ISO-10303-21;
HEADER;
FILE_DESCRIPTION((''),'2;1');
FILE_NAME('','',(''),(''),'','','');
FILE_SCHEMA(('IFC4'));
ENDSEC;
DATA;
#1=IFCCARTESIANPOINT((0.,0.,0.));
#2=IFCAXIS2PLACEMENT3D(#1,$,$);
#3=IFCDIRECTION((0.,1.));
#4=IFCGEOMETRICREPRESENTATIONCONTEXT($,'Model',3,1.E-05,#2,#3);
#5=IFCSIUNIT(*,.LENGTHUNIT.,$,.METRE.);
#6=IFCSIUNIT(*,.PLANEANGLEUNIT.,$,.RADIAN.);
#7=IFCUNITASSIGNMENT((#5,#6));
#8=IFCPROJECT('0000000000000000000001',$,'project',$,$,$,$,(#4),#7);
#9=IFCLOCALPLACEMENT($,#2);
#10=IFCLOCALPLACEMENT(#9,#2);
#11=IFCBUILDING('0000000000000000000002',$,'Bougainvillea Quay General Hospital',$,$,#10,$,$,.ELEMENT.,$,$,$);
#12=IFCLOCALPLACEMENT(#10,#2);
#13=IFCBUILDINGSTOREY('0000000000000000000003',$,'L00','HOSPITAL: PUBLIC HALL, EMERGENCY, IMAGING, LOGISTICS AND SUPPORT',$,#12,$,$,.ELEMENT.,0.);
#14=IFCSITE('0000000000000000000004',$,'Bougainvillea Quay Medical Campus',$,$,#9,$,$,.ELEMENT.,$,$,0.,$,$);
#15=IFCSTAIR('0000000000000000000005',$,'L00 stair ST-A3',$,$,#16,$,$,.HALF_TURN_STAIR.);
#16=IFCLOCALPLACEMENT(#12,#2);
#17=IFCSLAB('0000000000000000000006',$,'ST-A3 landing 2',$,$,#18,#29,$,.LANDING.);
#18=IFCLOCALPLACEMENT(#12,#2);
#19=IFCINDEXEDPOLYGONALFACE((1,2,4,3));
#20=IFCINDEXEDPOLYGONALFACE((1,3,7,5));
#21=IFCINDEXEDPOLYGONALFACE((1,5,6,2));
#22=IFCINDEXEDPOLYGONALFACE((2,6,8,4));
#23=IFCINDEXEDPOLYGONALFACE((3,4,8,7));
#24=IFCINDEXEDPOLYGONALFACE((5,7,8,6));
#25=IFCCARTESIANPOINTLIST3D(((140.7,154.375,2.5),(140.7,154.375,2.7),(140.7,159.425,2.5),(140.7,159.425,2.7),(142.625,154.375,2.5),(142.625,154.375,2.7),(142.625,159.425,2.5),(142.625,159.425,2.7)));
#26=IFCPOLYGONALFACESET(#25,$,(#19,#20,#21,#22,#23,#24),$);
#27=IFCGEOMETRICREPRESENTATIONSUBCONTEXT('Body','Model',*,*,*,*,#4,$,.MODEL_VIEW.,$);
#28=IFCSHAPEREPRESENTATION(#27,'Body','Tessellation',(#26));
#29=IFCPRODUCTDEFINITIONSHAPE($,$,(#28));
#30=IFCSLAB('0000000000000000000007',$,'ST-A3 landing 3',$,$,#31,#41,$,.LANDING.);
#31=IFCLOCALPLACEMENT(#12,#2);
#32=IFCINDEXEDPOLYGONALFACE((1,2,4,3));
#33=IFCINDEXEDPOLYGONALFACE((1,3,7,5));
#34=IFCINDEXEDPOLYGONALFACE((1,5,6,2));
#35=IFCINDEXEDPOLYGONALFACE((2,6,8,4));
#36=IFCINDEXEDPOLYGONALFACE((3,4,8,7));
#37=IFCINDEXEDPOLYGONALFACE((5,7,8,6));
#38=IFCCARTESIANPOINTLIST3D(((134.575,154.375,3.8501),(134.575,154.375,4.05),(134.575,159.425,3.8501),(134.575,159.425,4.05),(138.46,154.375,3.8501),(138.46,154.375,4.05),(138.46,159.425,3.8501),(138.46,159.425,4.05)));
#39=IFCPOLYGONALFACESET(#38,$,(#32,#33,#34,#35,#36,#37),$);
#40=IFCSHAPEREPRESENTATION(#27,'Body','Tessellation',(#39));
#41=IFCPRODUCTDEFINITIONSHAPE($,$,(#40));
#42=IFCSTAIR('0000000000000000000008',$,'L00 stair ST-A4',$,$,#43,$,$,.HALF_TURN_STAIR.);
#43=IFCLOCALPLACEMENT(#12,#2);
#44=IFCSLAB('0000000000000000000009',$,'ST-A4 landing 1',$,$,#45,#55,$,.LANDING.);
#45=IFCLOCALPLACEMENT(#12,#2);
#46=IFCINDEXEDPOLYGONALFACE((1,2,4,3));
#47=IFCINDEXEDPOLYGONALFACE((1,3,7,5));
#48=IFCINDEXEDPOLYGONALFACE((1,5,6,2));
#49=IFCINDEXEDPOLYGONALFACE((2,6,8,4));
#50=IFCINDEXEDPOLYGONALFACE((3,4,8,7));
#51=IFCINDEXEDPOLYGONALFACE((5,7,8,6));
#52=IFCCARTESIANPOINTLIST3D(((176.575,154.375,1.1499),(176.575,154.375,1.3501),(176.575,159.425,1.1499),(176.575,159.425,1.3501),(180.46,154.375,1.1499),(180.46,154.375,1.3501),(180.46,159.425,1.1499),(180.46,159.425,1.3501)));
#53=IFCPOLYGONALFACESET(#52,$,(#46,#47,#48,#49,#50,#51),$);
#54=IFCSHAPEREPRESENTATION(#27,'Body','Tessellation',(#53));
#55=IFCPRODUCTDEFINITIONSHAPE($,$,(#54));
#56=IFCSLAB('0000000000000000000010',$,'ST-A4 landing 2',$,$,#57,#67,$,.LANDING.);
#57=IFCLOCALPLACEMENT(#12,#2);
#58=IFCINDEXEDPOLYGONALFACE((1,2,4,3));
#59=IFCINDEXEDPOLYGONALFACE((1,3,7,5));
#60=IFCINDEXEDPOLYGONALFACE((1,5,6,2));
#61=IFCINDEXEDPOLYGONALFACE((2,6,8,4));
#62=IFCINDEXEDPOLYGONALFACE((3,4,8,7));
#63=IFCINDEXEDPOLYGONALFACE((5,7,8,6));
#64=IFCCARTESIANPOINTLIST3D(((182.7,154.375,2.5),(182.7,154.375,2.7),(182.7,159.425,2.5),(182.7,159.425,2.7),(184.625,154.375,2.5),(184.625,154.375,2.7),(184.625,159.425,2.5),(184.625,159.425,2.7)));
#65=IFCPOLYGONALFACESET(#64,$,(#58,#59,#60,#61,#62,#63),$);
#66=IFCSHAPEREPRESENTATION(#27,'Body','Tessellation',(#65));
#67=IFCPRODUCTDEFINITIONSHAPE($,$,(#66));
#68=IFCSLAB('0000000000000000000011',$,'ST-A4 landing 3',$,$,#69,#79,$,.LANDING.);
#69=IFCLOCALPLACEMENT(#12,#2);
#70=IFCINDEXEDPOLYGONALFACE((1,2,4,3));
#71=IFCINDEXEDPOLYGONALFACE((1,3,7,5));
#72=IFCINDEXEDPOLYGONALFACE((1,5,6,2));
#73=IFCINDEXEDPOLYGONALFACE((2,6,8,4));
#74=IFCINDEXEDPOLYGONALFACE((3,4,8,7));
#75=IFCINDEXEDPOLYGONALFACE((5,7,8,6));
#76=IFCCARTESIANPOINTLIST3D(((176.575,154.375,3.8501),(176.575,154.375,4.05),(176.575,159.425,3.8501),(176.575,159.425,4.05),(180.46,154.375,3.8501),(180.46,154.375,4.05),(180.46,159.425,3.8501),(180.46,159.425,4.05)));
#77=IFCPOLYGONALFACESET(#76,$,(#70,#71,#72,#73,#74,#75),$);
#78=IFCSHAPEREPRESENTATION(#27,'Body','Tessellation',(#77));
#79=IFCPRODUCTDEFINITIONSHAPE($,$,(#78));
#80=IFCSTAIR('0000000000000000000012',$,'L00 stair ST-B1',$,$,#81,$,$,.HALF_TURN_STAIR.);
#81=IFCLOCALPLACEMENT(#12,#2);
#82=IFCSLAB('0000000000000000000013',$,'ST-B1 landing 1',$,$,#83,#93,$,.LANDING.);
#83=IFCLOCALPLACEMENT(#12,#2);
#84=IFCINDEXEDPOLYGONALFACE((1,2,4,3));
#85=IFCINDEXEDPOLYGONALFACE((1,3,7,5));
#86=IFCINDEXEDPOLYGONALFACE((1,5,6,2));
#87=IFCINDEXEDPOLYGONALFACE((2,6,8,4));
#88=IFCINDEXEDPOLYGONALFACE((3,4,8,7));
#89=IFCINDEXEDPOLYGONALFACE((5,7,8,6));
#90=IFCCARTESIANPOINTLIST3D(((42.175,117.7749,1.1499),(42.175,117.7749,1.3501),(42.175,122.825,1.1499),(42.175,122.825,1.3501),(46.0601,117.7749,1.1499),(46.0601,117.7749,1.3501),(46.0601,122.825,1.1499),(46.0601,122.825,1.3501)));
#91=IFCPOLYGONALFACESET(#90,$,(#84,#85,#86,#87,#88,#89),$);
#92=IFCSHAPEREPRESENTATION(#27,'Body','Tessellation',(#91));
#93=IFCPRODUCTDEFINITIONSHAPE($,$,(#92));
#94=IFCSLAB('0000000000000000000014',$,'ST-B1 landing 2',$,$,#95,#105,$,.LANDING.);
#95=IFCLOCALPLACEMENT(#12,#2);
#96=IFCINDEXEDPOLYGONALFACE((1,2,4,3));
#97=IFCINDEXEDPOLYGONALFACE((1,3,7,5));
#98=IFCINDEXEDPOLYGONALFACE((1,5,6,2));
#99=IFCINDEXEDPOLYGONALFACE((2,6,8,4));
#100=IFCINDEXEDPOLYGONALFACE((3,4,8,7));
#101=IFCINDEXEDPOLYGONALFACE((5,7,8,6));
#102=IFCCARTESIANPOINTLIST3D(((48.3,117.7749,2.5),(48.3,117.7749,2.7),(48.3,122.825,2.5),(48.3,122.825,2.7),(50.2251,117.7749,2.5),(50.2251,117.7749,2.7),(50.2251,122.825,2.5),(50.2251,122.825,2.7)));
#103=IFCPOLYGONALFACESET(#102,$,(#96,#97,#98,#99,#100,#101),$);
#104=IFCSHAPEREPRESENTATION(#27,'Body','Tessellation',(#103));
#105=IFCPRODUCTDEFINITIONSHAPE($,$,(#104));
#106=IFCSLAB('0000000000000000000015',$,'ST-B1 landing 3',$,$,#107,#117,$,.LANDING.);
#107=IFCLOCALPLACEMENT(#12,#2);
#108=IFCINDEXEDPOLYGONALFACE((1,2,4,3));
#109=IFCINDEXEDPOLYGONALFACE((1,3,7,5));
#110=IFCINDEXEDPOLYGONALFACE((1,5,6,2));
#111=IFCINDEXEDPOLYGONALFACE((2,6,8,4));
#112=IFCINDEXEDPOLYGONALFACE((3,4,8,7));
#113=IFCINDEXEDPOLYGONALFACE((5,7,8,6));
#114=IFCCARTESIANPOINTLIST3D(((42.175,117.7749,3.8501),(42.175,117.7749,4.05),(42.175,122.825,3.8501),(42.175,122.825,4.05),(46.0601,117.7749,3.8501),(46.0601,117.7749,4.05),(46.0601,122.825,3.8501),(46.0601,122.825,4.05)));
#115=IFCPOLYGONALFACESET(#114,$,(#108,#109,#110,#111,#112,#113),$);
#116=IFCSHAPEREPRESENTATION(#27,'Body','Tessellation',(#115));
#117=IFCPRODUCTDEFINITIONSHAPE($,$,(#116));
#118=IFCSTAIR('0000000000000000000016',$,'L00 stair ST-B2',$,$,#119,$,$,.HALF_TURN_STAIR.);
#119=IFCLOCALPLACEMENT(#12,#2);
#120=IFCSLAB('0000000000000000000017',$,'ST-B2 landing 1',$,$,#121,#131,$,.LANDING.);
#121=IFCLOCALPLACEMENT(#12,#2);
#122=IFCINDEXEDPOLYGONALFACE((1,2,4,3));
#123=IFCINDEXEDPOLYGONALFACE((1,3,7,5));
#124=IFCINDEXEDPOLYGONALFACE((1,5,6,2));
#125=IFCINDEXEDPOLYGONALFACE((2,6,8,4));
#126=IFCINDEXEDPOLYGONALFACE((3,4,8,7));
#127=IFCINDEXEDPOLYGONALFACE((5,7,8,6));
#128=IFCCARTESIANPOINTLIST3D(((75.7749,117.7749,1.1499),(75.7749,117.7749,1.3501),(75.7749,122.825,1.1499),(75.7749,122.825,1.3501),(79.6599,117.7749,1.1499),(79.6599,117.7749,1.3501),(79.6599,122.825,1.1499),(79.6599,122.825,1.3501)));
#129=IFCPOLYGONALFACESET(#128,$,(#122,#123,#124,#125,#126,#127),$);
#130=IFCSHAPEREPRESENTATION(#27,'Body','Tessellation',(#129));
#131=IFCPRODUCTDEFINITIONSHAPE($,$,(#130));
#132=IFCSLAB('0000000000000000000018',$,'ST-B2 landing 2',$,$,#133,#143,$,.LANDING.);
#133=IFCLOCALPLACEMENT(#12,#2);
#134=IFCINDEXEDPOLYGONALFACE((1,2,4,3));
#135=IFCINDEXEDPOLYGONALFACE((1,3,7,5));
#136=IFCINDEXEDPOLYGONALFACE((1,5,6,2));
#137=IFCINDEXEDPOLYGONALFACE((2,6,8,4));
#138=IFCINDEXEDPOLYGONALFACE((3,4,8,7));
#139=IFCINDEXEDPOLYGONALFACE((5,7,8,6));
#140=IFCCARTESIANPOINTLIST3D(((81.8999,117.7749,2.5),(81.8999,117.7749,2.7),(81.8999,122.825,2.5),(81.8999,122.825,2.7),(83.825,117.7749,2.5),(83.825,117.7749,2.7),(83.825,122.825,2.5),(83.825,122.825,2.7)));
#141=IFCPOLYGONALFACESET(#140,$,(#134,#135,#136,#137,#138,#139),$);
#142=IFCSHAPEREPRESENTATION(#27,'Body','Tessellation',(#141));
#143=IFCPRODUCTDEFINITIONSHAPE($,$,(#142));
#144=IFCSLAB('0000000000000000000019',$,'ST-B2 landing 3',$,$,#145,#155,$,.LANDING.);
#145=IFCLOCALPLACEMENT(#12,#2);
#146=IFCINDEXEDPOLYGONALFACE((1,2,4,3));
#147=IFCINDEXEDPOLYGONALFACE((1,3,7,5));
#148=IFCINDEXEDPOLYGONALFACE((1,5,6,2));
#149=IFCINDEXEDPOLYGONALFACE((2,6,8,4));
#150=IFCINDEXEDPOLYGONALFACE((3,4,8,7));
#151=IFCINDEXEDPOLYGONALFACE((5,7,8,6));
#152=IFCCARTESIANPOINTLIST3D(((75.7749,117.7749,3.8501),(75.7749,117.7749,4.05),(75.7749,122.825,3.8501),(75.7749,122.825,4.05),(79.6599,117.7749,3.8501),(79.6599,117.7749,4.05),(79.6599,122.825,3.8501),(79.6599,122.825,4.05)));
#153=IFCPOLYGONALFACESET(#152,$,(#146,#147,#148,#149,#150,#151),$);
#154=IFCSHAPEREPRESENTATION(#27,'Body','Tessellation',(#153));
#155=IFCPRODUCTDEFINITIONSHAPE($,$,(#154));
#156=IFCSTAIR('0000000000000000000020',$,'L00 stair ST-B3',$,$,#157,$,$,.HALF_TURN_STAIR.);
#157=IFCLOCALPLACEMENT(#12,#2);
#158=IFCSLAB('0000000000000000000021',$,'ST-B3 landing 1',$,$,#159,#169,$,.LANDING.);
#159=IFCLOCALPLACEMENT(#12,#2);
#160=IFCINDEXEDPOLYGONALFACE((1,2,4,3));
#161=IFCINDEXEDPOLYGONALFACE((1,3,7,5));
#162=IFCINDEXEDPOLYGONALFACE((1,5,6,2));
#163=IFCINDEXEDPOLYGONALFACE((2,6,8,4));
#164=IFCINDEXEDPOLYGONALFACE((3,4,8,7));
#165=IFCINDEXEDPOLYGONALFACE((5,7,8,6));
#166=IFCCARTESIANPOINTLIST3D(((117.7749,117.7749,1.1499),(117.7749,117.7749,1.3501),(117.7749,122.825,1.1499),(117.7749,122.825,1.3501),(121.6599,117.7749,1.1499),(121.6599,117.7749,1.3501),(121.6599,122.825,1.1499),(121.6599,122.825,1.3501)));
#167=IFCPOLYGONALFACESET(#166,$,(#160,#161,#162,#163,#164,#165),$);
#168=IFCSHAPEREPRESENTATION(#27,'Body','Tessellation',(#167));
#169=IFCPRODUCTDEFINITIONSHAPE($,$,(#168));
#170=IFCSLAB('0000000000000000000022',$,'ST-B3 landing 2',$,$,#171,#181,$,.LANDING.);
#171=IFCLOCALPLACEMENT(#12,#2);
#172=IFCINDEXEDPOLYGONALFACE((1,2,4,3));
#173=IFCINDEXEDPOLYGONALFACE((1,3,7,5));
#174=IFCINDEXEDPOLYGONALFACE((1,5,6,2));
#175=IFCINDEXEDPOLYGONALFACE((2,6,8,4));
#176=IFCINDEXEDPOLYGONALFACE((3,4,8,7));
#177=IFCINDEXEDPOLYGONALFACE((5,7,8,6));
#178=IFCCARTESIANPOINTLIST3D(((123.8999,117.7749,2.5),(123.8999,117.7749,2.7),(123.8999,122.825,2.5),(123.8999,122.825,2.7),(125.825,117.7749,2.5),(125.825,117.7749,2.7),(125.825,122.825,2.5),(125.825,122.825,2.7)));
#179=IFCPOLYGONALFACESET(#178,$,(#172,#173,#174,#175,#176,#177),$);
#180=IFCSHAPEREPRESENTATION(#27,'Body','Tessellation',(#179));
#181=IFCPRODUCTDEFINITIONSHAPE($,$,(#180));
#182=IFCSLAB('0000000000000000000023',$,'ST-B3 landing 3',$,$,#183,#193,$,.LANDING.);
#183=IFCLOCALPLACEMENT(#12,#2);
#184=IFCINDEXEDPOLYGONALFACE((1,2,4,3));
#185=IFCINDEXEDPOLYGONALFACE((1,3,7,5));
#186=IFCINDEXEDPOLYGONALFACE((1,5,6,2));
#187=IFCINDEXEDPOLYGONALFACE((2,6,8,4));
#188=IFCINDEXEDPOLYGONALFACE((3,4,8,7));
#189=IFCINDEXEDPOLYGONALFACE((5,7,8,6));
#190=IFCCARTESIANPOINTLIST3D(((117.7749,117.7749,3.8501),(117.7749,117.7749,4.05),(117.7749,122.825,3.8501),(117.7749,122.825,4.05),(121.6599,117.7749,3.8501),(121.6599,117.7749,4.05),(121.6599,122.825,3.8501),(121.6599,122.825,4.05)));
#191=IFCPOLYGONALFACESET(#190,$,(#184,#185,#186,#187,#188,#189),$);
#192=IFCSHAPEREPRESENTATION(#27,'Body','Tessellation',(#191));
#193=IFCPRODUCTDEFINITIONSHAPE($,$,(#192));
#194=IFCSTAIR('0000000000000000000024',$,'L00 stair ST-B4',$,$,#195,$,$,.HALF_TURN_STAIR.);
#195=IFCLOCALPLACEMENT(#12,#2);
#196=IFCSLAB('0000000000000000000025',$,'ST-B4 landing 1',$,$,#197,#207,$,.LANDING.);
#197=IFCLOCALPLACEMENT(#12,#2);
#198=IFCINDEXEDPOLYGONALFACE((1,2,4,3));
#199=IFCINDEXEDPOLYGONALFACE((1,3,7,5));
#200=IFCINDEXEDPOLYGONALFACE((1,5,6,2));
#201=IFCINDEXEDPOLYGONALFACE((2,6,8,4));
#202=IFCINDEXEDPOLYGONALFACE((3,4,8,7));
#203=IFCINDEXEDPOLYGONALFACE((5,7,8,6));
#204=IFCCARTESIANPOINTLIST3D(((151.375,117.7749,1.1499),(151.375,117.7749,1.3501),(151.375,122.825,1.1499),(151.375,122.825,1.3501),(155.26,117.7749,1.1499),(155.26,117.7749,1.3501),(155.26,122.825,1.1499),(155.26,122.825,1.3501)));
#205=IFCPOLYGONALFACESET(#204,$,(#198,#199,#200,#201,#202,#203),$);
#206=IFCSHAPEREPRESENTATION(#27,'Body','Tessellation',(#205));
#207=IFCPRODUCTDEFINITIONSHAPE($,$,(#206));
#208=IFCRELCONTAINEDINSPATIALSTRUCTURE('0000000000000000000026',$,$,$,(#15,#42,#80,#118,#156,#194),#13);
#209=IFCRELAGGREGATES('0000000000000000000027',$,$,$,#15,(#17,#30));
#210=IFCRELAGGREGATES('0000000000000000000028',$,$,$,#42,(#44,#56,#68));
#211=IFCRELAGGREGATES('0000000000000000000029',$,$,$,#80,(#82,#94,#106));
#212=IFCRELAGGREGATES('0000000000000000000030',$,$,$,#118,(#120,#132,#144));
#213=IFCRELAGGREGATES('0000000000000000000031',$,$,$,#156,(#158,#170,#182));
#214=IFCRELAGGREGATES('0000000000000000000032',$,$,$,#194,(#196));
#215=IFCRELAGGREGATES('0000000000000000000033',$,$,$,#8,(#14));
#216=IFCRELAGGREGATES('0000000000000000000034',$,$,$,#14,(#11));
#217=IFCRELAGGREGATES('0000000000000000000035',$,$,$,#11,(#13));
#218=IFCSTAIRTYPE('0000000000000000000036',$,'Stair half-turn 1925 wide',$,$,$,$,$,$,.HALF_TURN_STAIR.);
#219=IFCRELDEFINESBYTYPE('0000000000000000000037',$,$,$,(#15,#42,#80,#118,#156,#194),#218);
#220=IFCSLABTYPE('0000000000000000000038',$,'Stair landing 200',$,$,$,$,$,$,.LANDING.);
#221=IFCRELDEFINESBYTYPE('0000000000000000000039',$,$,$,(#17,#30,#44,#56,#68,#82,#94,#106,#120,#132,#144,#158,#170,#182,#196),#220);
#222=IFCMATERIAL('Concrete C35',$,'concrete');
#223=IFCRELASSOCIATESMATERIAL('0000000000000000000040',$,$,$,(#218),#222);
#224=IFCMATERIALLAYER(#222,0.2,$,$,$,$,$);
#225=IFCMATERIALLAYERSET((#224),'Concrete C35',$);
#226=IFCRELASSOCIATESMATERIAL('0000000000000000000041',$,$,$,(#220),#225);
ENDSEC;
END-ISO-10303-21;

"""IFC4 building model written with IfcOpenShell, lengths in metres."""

from ifc_helpers import new_model, si_unit, direction, frame, origin, place, context, subcontext, project, spatial, polyline, outline, extrude, material, layer, layer_set, type_object, element, aggregate, save


model = new_model("IFC4")

# Units and contexts
model_context = context("Model", 3, precision=1e-05, world=origin(), true_north=direction((0.0, 1.0)))
body_context = subcontext(model_context, "Body", "Model", "MODEL_VIEW")
ifc_project = project(units=[si_unit("LENGTHUNIT", "METRE"), si_unit("PLANEANGLEUNIT", "RADIAN")], contexts=[model_context])

# Site, building, storey
site_placement = place(None, origin())
site = spatial("IfcSite", under=ifc_project, at=site_placement, Name="Bougainvillea Quay Medical Campus", CompositionType="ELEMENT", RefElevation=0.0)
building_placement = place(site_placement, origin())
building = spatial("IfcBuilding", under=site, at=building_placement, Name="Bougainvillea Quay General Hospital", CompositionType="ELEMENT")
storey_placement = place(building_placement, origin())
storey = spatial("IfcBuildingStorey", under=building, at=storey_placement, Name="L00", Description="HOSPITAL: PUBLIC HALL, EMERGENCY, IMAGING, LOGISTICS AND SUPPORT", CompositionType="ELEMENT", Elevation=0.0)

# Stairs, slabs
ifc_material = material(Name="Concrete C35", Category="concrete")
stair_type_1 = type_object("IfcStairType", Name="Stair half-turn 1925 wide", PredefinedType="HALF_TURN_STAIR", material=ifc_material)
stair_1_placement = place(storey_placement, origin())
stair_1 = element("IfcStair", 1, at=stair_1_placement, inside=storey, type_object=stair_type_1, Name="L00 stair ST-A3", PredefinedType="HALF_TURN_STAIR")
ifc_layer = layer(ifc_material, 0.2)
ifc_layer_set = layer_set([ifc_layer], Name="Concrete C35")
slab_type = type_object("IfcSlabType", Name="Stair landing 200", PredefinedType="LANDING", material=ifc_layer_set)
slab_1_placement = place(storey_placement, frame((0.0, 0.0, 2.5)))
slab_1 = element("IfcSlab", 2, at=slab_1_placement, type_object=slab_type, Name="ST-A3 landing 2", PredefinedType="LANDING", context=body_context, shape_type="SweptSolid", body=[
    extrude(outline(polyline([(142.625, 159.425), (140.7, 159.425), (140.7, 154.375), (142.625, 154.375), (142.625, 159.425)])), origin(), (0.0, 0.0, 1.0), 0.2),
])
slab_2_placement = place(storey_placement, frame((0.0, 0.0, 3.8501)))
slab_2 = element("IfcSlab", 3, at=slab_2_placement, type_object=slab_type, Name="ST-A3 landing 3", PredefinedType="LANDING", context=body_context, shape_type="SweptSolid", body=[
    extrude(outline(polyline([(138.46, 159.425), (134.575, 159.425), (134.575, 154.375), (138.46, 154.375), (138.46, 159.425)])), origin(), (0.0, 0.0, 1.0), 0.2),
])
aggregate(stair_1, [slab_1, slab_2])
stair_2_placement = place(storey_placement, origin())
stair_2 = element("IfcStair", 4, at=stair_2_placement, inside=storey, type_object=stair_type_1, Name="L00 stair ST-A4", PredefinedType="HALF_TURN_STAIR")
slab_3_placement = place(storey_placement, frame((0.0, 0.0, 1.1499)))
slab_3 = element("IfcSlab", 5, at=slab_3_placement, type_object=slab_type, Name="ST-A4 landing 1", PredefinedType="LANDING", context=body_context, shape_type="SweptSolid", body=[
    extrude(outline(polyline([(180.46, 159.425), (176.575, 159.425), (176.575, 154.375), (180.46, 154.375), (180.46, 159.425)])), origin(), (0.0, 0.0, 1.0), 0.2002),
])
slab_4_placement = place(storey_placement, frame((0.0, 0.0, 2.5)))
slab_4 = element("IfcSlab", 6, at=slab_4_placement, type_object=slab_type, Name="ST-A4 landing 2", PredefinedType="LANDING", context=body_context, shape_type="SweptSolid", body=[
    extrude(outline(polyline([(184.625, 159.425), (182.7, 159.425), (182.7, 154.375), (184.625, 154.375), (184.625, 159.425)])), origin(), (0.0, 0.0, 1.0), 0.2),
])
slab_5_placement = place(storey_placement, frame((0.0, 0.0, 3.8501)))
slab_5 = element("IfcSlab", 7, at=slab_5_placement, type_object=slab_type, Name="ST-A4 landing 3", PredefinedType="LANDING", context=body_context, shape_type="SweptSolid", body=[
    extrude(outline(polyline([(180.46, 159.425), (176.575, 159.425), (176.575, 154.375), (180.46, 154.375), (180.46, 159.425)])), origin(), (0.0, 0.0, 1.0), 0.2),
])
aggregate(stair_2, [slab_3, slab_4, slab_5])
stair_3_placement = place(storey_placement, origin())
stair_3 = element("IfcStair", 8, at=stair_3_placement, inside=storey, type_object=stair_type_1, Name="L00 stair ST-B1", PredefinedType="HALF_TURN_STAIR")
slab_6_placement = place(storey_placement, frame((0.0, 0.0, 1.1499)))
slab_6 = element("IfcSlab", 9, at=slab_6_placement, type_object=slab_type, Name="ST-B1 landing 1", PredefinedType="LANDING", context=body_context, shape_type="SweptSolid", body=[
    extrude(outline(polyline([(46.0601, 122.825), (42.175, 122.825), (42.175, 117.7749), (46.0601, 117.7749), (46.0601, 122.825)])), origin(), (0.0, 0.0, 1.0), 0.2002),
])
slab_7_placement = place(storey_placement, frame((0.0, 0.0, 2.5)))
slab_7 = element("IfcSlab", 10, at=slab_7_placement, type_object=slab_type, Name="ST-B1 landing 2", PredefinedType="LANDING", context=body_context, shape_type="SweptSolid", body=[
    extrude(outline(polyline([(50.2251, 122.825), (48.3, 122.825), (48.3, 117.7749), (50.2251, 117.7749), (50.2251, 122.825)])), origin(), (0.0, 0.0, 1.0), 0.2),
])
slab_8_placement = place(storey_placement, frame((0.0, 0.0, 3.8501)))
slab_8 = element("IfcSlab", 11, at=slab_8_placement, type_object=slab_type, Name="ST-B1 landing 3", PredefinedType="LANDING", context=body_context, shape_type="SweptSolid", body=[
    extrude(outline(polyline([(46.0601, 122.825), (42.175, 122.825), (42.175, 117.7749), (46.0601, 117.7749), (46.0601, 122.825)])), origin(), (0.0, 0.0, 1.0), 0.2),
])
aggregate(stair_3, [slab_6, slab_7, slab_8])
stair_4_placement = place(storey_placement, origin())
stair_4 = element("IfcStair", 12, at=stair_4_placement, inside=storey, type_object=stair_type_1, Name="L00 stair ST-B2", PredefinedType="HALF_TURN_STAIR")
slab_9_placement = place(storey_placement, frame((0.0, 0.0, 1.1499)))
slab_9 = element("IfcSlab", 13, at=slab_9_placement, type_object=slab_type, Name="ST-B2 landing 1", PredefinedType="LANDING", context=body_context, shape_type="SweptSolid", body=[
    extrude(outline(polyline([(79.6599, 122.825), (75.7749, 122.825), (75.7749, 117.7749), (79.6599, 117.7749), (79.6599, 122.825)])), origin(), (0.0, 0.0, 1.0), 0.2002),
])
slab_10_placement = place(storey_placement, frame((0.0, 0.0, 2.5)))
slab_10 = element("IfcSlab", 14, at=slab_10_placement, type_object=slab_type, Name="ST-B2 landing 2", PredefinedType="LANDING", context=body_context, shape_type="SweptSolid", body=[
    extrude(outline(polyline([(83.825, 122.825), (81.8999, 122.825), (81.8999, 117.7749), (83.825, 117.7749), (83.825, 122.825)])), origin(), (0.0, 0.0, 1.0), 0.2),
])
slab_11_placement = place(storey_placement, frame((0.0, 0.0, 3.8501)))
slab_11 = element("IfcSlab", 15, at=slab_11_placement, type_object=slab_type, Name="ST-B2 landing 3", PredefinedType="LANDING", context=body_context, shape_type="SweptSolid", body=[
    extrude(outline(polyline([(79.6599, 122.825), (75.7749, 122.825), (75.7749, 117.7749), (79.6599, 117.7749), (79.6599, 122.825)])), origin(), (0.0, 0.0, 1.0), 0.2),
])
aggregate(stair_4, [slab_9, slab_10, slab_11])
stair_5_placement = place(storey_placement, origin())
stair_5 = element("IfcStair", 16, at=stair_5_placement, inside=storey, type_object=stair_type_1, Name="L00 stair ST-B3", PredefinedType="HALF_TURN_STAIR")
slab_12_placement = place(storey_placement, frame((0.0, 0.0, 1.1499)))
slab_12 = element("IfcSlab", 17, at=slab_12_placement, type_object=slab_type, Name="ST-B3 landing 1", PredefinedType="LANDING", context=body_context, shape_type="SweptSolid", body=[
    extrude(outline(polyline([(121.6599, 122.825), (117.7749, 122.825), (117.7749, 117.7749), (121.6599, 117.7749), (121.6599, 122.825)])), origin(), (0.0, 0.0, 1.0), 0.2002),
])
slab_13_placement = place(storey_placement, frame((0.0, 0.0, 2.5)))
slab_13 = element("IfcSlab", 18, at=slab_13_placement, type_object=slab_type, Name="ST-B3 landing 2", PredefinedType="LANDING", context=body_context, shape_type="SweptSolid", body=[
    extrude(outline(polyline([(125.825, 122.825), (123.8999, 122.825), (123.8999, 117.7749), (125.825, 117.7749), (125.825, 122.825)])), origin(), (0.0, 0.0, 1.0), 0.2),
])
slab_14_placement = place(storey_placement, frame((0.0, 0.0, 3.8501)))
slab_14 = element("IfcSlab", 19, at=slab_14_placement, type_object=slab_type, Name="ST-B3 landing 3", PredefinedType="LANDING", context=body_context, shape_type="SweptSolid", body=[
    extrude(outline(polyline([(121.6599, 122.825), (117.7749, 122.825), (117.7749, 117.7749), (121.6599, 117.7749), (121.6599, 122.825)])), origin(), (0.0, 0.0, 1.0), 0.2),
])
aggregate(stair_5, [slab_12, slab_13, slab_14])
stair_6_placement = place(storey_placement, origin())
stair_6 = element("IfcStair", 20, at=stair_6_placement, inside=storey, type_object=stair_type_1, Name="L00 stair ST-B4", PredefinedType="HALF_TURN_STAIR")
slab_15_placement = place(storey_placement, frame((0.0, 0.0, 1.1499)))
slab_15 = element("IfcSlab", 21, at=slab_15_placement, type_object=slab_type, Name="ST-B4 landing 1", PredefinedType="LANDING", context=body_context, shape_type="SweptSolid", body=[
    extrude(outline(polyline([(155.26, 122.825), (151.375, 122.825), (151.375, 117.7749), (155.26, 117.7749), (155.26, 122.825)])), origin(), (0.0, 0.0, 1.0), 0.2002),
])
aggregate(stair_6, [slab_15])

save(model, "model.ifc")
